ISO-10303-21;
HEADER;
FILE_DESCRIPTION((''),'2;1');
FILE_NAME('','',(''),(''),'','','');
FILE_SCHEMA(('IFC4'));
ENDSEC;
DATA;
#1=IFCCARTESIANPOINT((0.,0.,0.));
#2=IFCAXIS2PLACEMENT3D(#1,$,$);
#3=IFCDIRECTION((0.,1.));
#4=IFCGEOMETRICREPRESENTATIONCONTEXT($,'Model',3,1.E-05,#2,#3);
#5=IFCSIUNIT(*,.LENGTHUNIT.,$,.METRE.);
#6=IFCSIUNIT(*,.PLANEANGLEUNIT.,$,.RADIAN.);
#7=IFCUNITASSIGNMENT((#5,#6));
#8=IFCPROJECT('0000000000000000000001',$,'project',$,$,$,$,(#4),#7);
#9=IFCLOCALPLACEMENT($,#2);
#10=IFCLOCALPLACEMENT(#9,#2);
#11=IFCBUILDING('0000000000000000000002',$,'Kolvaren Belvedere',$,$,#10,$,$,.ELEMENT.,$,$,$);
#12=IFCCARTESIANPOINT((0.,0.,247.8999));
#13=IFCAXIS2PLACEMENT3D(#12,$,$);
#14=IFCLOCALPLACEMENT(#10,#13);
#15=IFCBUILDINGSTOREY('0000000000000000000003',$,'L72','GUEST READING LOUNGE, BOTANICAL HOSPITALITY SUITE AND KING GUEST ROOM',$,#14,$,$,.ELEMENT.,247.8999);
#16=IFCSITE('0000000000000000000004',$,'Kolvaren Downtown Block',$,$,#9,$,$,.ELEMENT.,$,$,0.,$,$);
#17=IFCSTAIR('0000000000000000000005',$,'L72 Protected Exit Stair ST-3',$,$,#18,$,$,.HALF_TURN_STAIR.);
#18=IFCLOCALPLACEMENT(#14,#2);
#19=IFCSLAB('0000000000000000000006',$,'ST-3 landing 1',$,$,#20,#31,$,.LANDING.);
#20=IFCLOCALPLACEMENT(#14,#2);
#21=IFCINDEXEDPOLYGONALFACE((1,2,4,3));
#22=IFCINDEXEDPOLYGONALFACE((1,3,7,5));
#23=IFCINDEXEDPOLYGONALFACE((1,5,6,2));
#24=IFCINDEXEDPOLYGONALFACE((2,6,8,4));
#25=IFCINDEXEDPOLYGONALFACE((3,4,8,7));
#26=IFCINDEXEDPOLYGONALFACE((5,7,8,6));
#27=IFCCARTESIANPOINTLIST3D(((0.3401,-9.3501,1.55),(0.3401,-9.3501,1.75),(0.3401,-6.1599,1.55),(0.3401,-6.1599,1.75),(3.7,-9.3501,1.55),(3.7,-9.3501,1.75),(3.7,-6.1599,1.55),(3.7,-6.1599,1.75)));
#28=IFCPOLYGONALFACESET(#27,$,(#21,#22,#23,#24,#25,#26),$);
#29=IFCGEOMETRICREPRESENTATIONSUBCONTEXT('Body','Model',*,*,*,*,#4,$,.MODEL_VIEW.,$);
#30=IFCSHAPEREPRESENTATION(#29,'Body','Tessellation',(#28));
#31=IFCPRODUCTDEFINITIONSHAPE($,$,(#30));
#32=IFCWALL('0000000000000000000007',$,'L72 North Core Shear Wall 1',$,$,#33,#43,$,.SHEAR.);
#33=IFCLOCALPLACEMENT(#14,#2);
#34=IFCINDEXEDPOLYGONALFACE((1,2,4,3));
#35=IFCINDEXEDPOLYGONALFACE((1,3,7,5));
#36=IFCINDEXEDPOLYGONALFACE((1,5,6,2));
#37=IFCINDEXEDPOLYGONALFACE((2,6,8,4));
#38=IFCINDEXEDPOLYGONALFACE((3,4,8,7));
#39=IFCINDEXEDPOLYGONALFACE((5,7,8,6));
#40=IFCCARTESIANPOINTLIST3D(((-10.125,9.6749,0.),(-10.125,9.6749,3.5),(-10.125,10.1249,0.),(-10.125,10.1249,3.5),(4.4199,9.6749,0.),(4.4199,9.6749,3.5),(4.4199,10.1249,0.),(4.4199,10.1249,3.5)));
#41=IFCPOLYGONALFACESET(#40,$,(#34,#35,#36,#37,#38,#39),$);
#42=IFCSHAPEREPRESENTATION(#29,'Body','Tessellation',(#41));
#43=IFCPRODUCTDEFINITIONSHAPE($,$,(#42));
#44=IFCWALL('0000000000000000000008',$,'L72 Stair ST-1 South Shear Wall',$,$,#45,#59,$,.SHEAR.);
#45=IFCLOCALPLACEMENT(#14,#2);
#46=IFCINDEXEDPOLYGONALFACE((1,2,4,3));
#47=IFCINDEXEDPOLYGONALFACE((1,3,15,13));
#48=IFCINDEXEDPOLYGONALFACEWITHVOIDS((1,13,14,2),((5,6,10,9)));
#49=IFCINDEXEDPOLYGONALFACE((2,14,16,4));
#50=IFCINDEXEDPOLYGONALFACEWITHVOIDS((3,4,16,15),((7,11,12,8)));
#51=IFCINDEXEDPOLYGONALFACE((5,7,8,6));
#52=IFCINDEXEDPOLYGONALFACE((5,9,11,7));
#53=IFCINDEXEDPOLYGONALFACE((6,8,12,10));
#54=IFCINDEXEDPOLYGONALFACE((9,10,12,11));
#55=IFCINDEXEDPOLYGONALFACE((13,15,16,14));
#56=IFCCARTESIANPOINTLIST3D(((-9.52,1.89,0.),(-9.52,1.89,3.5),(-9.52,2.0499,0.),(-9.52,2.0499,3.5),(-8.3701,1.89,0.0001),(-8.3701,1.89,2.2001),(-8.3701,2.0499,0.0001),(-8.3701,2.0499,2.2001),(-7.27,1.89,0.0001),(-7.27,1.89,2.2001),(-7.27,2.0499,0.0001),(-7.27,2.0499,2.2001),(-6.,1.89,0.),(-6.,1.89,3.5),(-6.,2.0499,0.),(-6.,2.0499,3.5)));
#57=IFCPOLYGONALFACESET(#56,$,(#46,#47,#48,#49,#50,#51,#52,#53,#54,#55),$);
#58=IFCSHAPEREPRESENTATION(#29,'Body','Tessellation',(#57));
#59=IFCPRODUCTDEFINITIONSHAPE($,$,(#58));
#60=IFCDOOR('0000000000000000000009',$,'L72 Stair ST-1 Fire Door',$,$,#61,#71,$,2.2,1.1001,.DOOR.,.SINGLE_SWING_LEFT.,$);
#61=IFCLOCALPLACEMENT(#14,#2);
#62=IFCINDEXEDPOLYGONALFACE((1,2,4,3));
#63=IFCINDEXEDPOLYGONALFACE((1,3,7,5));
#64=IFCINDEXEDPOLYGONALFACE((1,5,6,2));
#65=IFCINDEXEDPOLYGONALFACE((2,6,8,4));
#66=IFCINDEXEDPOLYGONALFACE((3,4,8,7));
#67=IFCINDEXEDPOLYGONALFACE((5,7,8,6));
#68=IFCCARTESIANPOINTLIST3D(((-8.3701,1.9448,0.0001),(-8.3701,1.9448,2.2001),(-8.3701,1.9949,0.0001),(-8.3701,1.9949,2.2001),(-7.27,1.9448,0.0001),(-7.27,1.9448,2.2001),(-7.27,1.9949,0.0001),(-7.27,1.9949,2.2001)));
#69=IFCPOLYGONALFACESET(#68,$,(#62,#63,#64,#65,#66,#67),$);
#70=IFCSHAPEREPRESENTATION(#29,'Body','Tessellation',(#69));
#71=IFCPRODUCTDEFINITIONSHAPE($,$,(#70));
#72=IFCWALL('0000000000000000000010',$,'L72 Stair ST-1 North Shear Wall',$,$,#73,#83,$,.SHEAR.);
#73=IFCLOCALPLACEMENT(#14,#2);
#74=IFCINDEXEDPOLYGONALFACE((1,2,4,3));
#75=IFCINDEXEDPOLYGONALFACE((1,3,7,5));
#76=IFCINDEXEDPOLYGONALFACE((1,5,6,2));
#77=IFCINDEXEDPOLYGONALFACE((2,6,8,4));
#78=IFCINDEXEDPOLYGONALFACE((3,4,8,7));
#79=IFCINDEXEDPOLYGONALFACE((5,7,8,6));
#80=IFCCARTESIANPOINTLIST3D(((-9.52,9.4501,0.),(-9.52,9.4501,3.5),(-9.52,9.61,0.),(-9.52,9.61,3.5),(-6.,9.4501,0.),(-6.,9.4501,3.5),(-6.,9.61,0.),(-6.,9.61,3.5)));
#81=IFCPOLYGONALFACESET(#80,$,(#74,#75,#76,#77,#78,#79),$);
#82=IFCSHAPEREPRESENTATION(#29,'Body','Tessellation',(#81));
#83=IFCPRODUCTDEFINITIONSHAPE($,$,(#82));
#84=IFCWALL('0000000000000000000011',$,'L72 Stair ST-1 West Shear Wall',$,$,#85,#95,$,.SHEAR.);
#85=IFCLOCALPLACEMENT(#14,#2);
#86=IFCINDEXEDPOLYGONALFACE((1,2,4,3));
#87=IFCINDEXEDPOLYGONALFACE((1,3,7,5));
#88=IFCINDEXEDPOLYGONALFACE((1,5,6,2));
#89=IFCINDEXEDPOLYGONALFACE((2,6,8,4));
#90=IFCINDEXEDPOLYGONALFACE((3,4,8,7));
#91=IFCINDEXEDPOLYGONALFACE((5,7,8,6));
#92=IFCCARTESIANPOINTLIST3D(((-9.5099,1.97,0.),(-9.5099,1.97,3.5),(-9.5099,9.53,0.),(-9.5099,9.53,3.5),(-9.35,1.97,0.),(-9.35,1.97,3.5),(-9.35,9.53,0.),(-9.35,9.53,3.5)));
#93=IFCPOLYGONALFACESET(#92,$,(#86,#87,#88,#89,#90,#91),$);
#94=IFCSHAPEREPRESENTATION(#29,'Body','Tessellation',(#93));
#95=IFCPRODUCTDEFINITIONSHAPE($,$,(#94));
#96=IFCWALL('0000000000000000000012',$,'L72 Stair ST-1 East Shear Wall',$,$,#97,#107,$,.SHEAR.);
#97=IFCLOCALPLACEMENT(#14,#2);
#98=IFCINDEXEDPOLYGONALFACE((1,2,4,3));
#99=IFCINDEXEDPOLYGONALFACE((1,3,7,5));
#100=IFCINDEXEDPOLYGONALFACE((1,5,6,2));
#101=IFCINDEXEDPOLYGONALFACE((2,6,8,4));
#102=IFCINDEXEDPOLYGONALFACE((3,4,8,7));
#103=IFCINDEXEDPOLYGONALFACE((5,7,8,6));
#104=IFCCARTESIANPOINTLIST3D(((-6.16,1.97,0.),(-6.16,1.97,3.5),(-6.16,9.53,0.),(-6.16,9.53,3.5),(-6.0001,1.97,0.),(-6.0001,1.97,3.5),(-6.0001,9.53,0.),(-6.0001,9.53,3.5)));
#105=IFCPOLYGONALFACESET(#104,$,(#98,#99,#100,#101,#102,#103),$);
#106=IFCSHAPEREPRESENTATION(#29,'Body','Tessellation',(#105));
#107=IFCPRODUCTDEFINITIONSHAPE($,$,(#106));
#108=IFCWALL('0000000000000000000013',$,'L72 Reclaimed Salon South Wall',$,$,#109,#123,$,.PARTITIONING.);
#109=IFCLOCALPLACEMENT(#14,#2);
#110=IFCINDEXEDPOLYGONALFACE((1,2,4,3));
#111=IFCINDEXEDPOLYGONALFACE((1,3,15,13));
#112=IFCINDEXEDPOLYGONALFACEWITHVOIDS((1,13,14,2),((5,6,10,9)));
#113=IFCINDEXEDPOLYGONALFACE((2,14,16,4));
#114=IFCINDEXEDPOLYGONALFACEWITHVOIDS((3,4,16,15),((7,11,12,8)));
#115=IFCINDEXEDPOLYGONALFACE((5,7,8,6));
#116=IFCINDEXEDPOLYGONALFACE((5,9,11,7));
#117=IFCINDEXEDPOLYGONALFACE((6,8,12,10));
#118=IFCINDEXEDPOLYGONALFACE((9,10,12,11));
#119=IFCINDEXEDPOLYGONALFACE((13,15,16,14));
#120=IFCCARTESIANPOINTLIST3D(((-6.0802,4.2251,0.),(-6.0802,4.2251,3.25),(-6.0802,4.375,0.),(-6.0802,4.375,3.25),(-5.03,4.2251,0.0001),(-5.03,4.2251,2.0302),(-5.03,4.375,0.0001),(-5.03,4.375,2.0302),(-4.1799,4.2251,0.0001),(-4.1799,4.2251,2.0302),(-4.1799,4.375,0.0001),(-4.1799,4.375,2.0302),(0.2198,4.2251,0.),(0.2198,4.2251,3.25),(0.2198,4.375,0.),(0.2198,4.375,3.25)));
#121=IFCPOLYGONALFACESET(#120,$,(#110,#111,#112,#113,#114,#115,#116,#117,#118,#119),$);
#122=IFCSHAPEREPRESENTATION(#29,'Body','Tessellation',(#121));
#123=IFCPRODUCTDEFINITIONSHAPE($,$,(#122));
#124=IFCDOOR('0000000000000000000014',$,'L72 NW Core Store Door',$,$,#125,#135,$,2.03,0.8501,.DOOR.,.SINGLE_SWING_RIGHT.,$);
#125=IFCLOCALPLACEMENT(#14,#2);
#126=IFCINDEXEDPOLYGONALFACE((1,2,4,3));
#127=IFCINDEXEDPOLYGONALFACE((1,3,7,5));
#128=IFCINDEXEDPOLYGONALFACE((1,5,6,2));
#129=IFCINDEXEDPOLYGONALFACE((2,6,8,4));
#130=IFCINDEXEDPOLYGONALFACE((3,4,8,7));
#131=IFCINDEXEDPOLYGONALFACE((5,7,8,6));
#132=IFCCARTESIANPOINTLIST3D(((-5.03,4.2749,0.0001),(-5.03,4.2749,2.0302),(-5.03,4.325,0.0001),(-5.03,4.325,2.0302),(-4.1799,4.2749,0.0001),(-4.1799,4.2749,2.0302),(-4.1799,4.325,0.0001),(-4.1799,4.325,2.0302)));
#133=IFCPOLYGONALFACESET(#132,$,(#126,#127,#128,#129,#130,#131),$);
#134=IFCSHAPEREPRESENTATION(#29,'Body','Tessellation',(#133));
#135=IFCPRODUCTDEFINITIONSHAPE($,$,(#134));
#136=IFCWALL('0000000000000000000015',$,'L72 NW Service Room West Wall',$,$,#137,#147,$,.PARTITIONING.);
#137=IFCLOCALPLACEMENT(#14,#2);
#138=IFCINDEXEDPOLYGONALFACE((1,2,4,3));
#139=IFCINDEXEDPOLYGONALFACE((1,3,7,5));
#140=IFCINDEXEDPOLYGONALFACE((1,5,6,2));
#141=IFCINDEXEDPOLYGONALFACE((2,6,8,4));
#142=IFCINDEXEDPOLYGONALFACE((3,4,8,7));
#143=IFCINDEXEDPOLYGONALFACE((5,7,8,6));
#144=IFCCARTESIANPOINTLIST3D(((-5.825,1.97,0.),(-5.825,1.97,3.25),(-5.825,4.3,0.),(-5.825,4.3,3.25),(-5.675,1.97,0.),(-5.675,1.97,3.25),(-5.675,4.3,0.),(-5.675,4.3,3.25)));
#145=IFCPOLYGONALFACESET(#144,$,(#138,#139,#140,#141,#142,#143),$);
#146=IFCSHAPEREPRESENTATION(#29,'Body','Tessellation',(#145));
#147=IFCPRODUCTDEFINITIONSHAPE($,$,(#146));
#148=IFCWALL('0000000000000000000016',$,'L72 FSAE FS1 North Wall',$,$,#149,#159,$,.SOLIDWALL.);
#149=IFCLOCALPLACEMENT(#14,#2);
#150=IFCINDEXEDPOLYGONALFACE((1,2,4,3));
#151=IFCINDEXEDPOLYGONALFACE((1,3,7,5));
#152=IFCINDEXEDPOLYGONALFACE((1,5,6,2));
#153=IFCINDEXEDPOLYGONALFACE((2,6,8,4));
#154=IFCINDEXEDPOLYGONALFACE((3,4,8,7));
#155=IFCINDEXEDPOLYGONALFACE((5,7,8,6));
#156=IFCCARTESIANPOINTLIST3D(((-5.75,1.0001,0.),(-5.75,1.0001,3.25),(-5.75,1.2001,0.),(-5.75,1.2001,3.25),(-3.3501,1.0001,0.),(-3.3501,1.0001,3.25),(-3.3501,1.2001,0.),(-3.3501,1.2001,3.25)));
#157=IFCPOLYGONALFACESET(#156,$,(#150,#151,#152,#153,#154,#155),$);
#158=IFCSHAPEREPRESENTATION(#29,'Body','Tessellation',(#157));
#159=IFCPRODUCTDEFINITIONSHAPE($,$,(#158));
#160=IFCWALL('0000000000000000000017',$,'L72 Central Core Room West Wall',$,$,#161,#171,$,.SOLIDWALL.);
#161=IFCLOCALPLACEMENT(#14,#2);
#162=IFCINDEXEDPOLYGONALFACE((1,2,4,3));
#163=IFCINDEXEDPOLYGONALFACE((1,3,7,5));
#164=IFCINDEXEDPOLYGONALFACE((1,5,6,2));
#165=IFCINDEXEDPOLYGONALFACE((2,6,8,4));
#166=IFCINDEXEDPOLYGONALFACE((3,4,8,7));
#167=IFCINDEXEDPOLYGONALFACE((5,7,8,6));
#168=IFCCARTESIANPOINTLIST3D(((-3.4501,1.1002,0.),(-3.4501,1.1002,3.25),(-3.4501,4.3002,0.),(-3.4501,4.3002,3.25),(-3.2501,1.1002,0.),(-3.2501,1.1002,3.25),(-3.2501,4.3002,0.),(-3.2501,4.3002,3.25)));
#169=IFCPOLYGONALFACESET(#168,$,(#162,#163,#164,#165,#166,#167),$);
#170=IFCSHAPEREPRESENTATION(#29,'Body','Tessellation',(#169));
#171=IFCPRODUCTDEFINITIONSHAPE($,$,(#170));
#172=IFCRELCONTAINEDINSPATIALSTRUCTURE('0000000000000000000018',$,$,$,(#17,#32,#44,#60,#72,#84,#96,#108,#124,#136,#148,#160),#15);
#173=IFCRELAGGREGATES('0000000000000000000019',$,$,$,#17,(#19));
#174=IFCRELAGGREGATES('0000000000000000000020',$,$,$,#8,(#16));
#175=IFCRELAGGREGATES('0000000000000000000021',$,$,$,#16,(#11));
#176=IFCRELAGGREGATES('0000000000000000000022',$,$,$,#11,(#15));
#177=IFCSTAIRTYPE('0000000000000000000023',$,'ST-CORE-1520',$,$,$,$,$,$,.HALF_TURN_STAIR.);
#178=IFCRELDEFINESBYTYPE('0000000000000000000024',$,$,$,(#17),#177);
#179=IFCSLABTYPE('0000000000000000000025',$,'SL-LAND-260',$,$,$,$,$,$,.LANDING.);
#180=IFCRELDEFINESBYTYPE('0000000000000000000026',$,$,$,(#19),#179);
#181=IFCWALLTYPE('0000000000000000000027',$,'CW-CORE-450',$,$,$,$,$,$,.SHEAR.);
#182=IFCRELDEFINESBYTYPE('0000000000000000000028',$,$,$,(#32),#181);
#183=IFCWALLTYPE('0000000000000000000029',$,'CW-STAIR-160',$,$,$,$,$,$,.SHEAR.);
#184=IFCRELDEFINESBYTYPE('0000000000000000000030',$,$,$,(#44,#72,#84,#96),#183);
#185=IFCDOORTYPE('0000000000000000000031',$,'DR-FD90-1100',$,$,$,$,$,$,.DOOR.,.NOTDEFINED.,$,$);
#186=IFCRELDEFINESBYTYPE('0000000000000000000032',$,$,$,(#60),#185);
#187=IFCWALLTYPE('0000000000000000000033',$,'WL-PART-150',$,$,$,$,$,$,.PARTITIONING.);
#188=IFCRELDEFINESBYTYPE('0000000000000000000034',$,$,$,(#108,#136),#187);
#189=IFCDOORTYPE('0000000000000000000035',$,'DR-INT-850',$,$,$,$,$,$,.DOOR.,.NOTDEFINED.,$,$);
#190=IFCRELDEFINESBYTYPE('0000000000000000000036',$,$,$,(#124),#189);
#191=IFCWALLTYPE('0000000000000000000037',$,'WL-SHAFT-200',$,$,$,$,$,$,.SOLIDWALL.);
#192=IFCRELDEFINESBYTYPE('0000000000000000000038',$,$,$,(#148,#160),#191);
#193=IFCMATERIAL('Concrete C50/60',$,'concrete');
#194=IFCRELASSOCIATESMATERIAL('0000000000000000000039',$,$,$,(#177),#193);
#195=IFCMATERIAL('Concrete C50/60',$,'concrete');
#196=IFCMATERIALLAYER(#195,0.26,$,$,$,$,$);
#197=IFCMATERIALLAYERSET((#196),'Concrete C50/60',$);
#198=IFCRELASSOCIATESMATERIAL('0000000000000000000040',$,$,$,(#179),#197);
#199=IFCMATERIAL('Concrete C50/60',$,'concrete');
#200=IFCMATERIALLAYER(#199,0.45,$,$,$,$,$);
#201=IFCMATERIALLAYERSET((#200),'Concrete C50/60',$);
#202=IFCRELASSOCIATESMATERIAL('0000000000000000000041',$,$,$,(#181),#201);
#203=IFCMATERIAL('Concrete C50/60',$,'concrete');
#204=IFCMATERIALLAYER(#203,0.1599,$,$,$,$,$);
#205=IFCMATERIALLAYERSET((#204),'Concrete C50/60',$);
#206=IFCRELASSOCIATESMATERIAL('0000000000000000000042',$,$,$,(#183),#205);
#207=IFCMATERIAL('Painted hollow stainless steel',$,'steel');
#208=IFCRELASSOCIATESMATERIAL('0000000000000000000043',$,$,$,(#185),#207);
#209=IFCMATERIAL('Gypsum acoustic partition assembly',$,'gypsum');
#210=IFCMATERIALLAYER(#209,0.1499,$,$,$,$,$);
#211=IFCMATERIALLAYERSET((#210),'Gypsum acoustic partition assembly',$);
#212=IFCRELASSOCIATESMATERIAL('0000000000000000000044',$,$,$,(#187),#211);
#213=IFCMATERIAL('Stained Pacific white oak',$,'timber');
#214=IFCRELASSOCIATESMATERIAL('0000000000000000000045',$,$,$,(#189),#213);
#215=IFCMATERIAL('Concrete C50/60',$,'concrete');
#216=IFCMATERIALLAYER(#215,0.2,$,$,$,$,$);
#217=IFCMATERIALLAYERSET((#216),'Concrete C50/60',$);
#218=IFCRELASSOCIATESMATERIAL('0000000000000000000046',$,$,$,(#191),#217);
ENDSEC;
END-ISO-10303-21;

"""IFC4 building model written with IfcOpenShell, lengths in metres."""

from ifc_helpers import new_model, si_unit, direction, frame, frame_2d, origin, place, context, subcontext, project, spatial, polyline, rectangle, outline, extrude, material, layer, layer_set, type_object, element, fill, aggregate, save


model = new_model("IFC4")

# Units and contexts
model_context = context("Model", 3, precision=1e-05, world=origin(), true_north=direction((0.0, 1.0)))
body_context = subcontext(model_context, "Body", "Model", "MODEL_VIEW")
ifc_project = project(units=[si_unit("LENGTHUNIT", "METRE"), si_unit("PLANEANGLEUNIT", "RADIAN")], contexts=[model_context])

# Site, building, storey
site_placement = place(None, origin())
site = spatial("IfcSite", under=ifc_project, at=site_placement, Name="Kolvaren Downtown Block", CompositionType="ELEMENT", RefElevation=0.0)
building_placement = place(site_placement, origin())
building = spatial("IfcBuilding", under=site, at=building_placement, Name="Kolvaren Belvedere", CompositionType="ELEMENT")
storey_placement = place(building_placement, frame((0.0, 0.0, 247.8999)))
storey = spatial("IfcBuildingStorey", under=building, at=storey_placement, Name="L72", Description="GUEST READING LOUNGE, BOTANICAL HOSPITALITY SUITE AND KING GUEST ROOM", CompositionType="ELEMENT", Elevation=247.8999)

# Stair, slab
ifc_material_1 = material(Name="Concrete C50/60", Category="concrete")
stair_type = type_object("IfcStairType", Name="ST-CORE-1520", PredefinedType="HALF_TURN_STAIR", material=ifc_material_1)
ifc_material_2 = material(Name="Concrete C50/60", Category="concrete")
ifc_layer_1 = layer(ifc_material_2, 0.26)
ifc_layer_set_1 = layer_set([ifc_layer_1], Name="Concrete C50/60")
slab_type = type_object("IfcSlabType", Name="SL-LAND-260", PredefinedType="LANDING", material=ifc_layer_set_1)
stair_1_placement = place(storey_placement, origin())
stair_1 = element("IfcStair", 1, at=stair_1_placement, inside=storey, type_object=stair_type, Name="L72 Protected Exit Stair ST-3", PredefinedType="HALF_TURN_STAIR")
slab_1_placement = place(storey_placement, frame((0.0, 0.0, 1.55)))
slab_1 = element("IfcSlab", 2, at=slab_1_placement, type_object=slab_type, Name="ST-3 landing 1", PredefinedType="LANDING", context=body_context, shape_type="SweptSolid", body=[
    extrude(outline(polyline([(0.3401, -9.3501), (3.7, -9.3501), (3.7, -6.1599), (0.3401, -6.1599), (0.3401, -9.3501)])), origin(), (0.0, 0.0, 1.0), 0.2),
])
aggregate(stair_1, [slab_1])

# Wall
ifc_material_3 = material(Name="Concrete C50/60", Category="concrete")
ifc_layer_2 = layer(ifc_material_3, 0.45)
ifc_layer_set_2 = layer_set([ifc_layer_2], Name="Concrete C50/60")
wall_type_1 = type_object("IfcWallType", Name="CW-CORE-450", PredefinedType="SHEAR", material=ifc_layer_set_2)
wall_1_placement = place(storey_placement, frame((-10.125, 9.8999, 0.0), z_axis=(0.0, 0.0, 1.0), x_axis=(1.0, 0.0, 0.0)))
element("IfcWall", 3, at=wall_1_placement, inside=storey, type_object=wall_type_1, Name="L72 North Core Shear Wall 1", PredefinedType="SHEAR", context=body_context, shape_type="SweptSolid", body=[
    extrude(rectangle(XDim=14.5449, YDim=0.45, at=frame_2d((7.2725, 0.0))), origin(), (0.0, 0.0, 1.0), 3.5),
])

# Wall, opening, door
ifc_material_4 = material(Name="Concrete C50/60", Category="concrete")
ifc_layer_3 = layer(ifc_material_4, 0.1599)
ifc_layer_set_3 = layer_set([ifc_layer_3], Name="Concrete C50/60")
wall_type_2 = type_object("IfcWallType", Name="CW-STAIR-160", PredefinedType="SHEAR", material=ifc_layer_set_3)
wall_2_placement = place(storey_placement, frame((-9.52, 1.97, 0.0), z_axis=(0.0, 0.0, 1.0), x_axis=(1.0, 0.0, 0.0)))
wall_2 = element("IfcWall", 4, at=wall_2_placement, inside=storey, type_object=wall_type_2, Name="L72 Stair ST-1 South Shear Wall", PredefinedType="SHEAR", context=body_context, shape_type="SweptSolid", body=[
    extrude(rectangle(XDim=3.52, YDim=0.1599, at=frame_2d((1.76, 0.0))), origin(), (0.0, 0.0, 1.0), 3.5),
])
opening_1_placement = place(wall_2_placement, frame((1.1499, 0.0, 0.0)))
opening_1 = element("IfcOpeningElement", 5, at=opening_1_placement, cuts=wall_2, PredefinedType="OPENING", context=body_context, shape_type="SweptSolid", body=[
    extrude(rectangle(XDim=1.1001, YDim=2.2, at=frame_2d((0.55, 1.1001))), frame((0.0, 0.0898, 0.0), z_axis=(0.0, -1.0, 0.0), x_axis=(1.0, 0.0, 0.0)), (0.0, 0.0, 1.0), 0.1799),
])
ifc_material_5 = material(Name="Painted hollow stainless steel", Category="steel")
door_type_1 = type_object("IfcDoorType", Name="DR-FD90-1100", OperationType="NOTDEFINED", PredefinedType="DOOR", material=ifc_material_5)
door_1_placement = place(opening_1_placement, origin())
door_1 = element("IfcDoor", 6, at=door_1_placement, inside=storey, type_object=door_type_1, Name="L72 Stair ST-1 Fire Door", OperationType="SINGLE_SWING_LEFT", OverallHeight=2.2, OverallWidth=1.1001, PredefinedType="DOOR", context=body_context, shape_type="SweptSolid", body=[
    extrude(rectangle(XDim=1.1001, YDim=2.2, at=frame_2d((0.55, 1.1001))), frame((0.0, 0.0249, 0.0), z_axis=(0.0, -1.0, 0.0), x_axis=(1.0, 0.0, 0.0)), (0.0, 0.0, 1.0), 0.05),
])
fill(opening_1, door_1)

# Walls
wall_3_placement = place(storey_placement, frame((-9.52, 9.53, 0.0), z_axis=(0.0, 0.0, 1.0), x_axis=(1.0, 0.0, 0.0)))
element("IfcWall", 7, at=wall_3_placement, inside=storey, type_object=wall_type_2, Name="L72 Stair ST-1 North Shear Wall", PredefinedType="SHEAR", context=body_context, shape_type="SweptSolid", body=[
    extrude(rectangle(XDim=3.52, YDim=0.1599, at=frame_2d((1.76, 0.0))), origin(), (0.0, 0.0, 1.0), 3.5),
])
for number, where, z_axis, x_axis, name in (
    (8, (-9.4299, 1.97, 0.0), (0.0, 0.0, 1.0), (0.0, 1.0, 0.0), "L72 Stair ST-1 West Shear Wall"),
    (9, (-6.0801, 1.97, 0.0), (0.0, 0.0, 1.0), (0.0, 1.0, 0.0), "L72 Stair ST-1 East Shear Wall"),
):
    element("IfcWall", number, at=place(storey_placement, frame(where, z_axis=z_axis, x_axis=x_axis)), inside=storey, type_object=wall_type_2, Name=name, PredefinedType="SHEAR", context=body_context, shape_type="SweptSolid", body=[
        extrude(rectangle(XDim=7.5601, YDim=0.1599, at=frame_2d((3.78, 0.0))), origin(), (0.0, 0.0, 1.0), 3.5),
    ])

# Wall, opening, door
ifc_material_6 = material(Name="Gypsum acoustic partition assembly", Category="gypsum")
ifc_layer_4 = layer(ifc_material_6, 0.1499)
ifc_layer_set_4 = layer_set([ifc_layer_4], Name="Gypsum acoustic partition assembly")
wall_type_3 = type_object("IfcWallType", Name="WL-PART-150", PredefinedType="PARTITIONING", material=ifc_layer_set_4)
wall_4_placement = place(storey_placement, frame((-6.0801, 4.3, 0.0), z_axis=(0.0, 0.0, 1.0), x_axis=(1.0, 0.0, 0.0)))
wall_4 = element("IfcWall", 10, at=wall_4_placement, inside=storey, type_object=wall_type_3, Name="L72 Reclaimed Salon South Wall", PredefinedType="PARTITIONING", context=body_context, shape_type="SweptSolid", body=[
    extrude(rectangle(XDim=6.3, YDim=0.1499, at=frame_2d((3.1499, 0.0))), origin(), (0.0, 0.0, 1.0), 3.25),
])
opening_2_placement = place(wall_4_placement, frame((1.05, 0.0, 0.0)))
opening_2 = element("IfcOpeningElement", 11, at=opening_2_placement, cuts=wall_4, PredefinedType="OPENING", context=body_context, shape_type="SweptSolid", body=[
    extrude(rectangle(XDim=0.8501, YDim=2.03, at=frame_2d((0.425, 1.0151))), frame((0.0, 0.085, 0.0), z_axis=(0.0, -1.0, 0.0), x_axis=(1.0, 0.0, 0.0)), (0.0, 0.0, 1.0), 0.1699),
])
ifc_material_7 = material(Name="Stained Pacific white oak", Category="timber")
door_type_2 = type_object("IfcDoorType", Name="DR-INT-850", OperationType="NOTDEFINED", PredefinedType="DOOR", material=ifc_material_7)
door_2_placement = place(opening_2_placement, origin())
door_2 = element("IfcDoor", 12, at=door_2_placement, inside=storey, type_object=door_type_2, Name="L72 NW Core Store Door", OperationType="SINGLE_SWING_RIGHT", OverallHeight=2.03, OverallWidth=0.8501, PredefinedType="DOOR", context=body_context, shape_type="SweptSolid", body=[
    extrude(rectangle(XDim=0.8501, YDim=2.03, at=frame_2d((0.425, 1.0151))), frame((0.0, 0.0249, 0.0), z_axis=(0.0, -1.0, 0.0), x_axis=(1.0, 0.0, 0.0)), (0.0, 0.0, 1.0), 0.05),
])
fill(opening_2, door_2)

# Walls
wall_5_placement = place(storey_placement, frame((-5.75, 1.97, 0.0), z_axis=(0.0, 0.0, 1.0), x_axis=(0.0, 1.0, 0.0)))
element("IfcWall", 13, at=wall_5_placement, inside=storey, type_object=wall_type_3, Name="L72 NW Service Room West Wall", PredefinedType="PARTITIONING", context=body_context, shape_type="SweptSolid", body=[
    extrude(rectangle(XDim=2.3301, YDim=0.1499, at=frame_2d((1.165, 0.0))), origin(), (0.0, 0.0, 1.0), 3.25),
])
ifc_material_8 = material(Name="Concrete C50/60", Category="concrete")
ifc_layer_5 = layer(ifc_material_8, 0.2)
ifc_layer_set_5 = layer_set([ifc_layer_5], Name="Concrete C50/60")
wall_type_4 = type_object("IfcWallType", Name="WL-SHAFT-200", PredefinedType="SOLIDWALL", material=ifc_layer_set_5)
wall_6_placement = place(storey_placement, frame((-5.75, 1.1001, 0.0), z_axis=(0.0, 0.0, 1.0), x_axis=(1.0, 0.0, 0.0)))
element("IfcWall", 14, at=wall_6_placement, inside=storey, type_object=wall_type_4, Name="L72 FSAE FS1 North Wall", PredefinedType="SOLIDWALL", context=body_context, shape_type="SweptSolid", body=[
    extrude(rectangle(XDim=2.3999, YDim=0.2, at=frame_2d((1.2, 0.0))), origin(), (0.0, 0.0, 1.0), 3.25),
])
wall_7_placement = place(storey_placement, frame((-3.3501, 1.1001, 0.0), z_axis=(0.0, 0.0, 1.0), x_axis=(0.0, 1.0, 0.0)))
element("IfcWall", 15, at=wall_7_placement, inside=storey, type_object=wall_type_4, Name="L72 Central Core Room West Wall", PredefinedType="SOLIDWALL", context=body_context, shape_type="SweptSolid", body=[
    extrude(rectangle(XDim=3.2, YDim=0.2, at=frame_2d((1.6001, 0.0))), origin(), (0.0, 0.0, 1.0), 3.25),
])

save(model, "model.ifc")
